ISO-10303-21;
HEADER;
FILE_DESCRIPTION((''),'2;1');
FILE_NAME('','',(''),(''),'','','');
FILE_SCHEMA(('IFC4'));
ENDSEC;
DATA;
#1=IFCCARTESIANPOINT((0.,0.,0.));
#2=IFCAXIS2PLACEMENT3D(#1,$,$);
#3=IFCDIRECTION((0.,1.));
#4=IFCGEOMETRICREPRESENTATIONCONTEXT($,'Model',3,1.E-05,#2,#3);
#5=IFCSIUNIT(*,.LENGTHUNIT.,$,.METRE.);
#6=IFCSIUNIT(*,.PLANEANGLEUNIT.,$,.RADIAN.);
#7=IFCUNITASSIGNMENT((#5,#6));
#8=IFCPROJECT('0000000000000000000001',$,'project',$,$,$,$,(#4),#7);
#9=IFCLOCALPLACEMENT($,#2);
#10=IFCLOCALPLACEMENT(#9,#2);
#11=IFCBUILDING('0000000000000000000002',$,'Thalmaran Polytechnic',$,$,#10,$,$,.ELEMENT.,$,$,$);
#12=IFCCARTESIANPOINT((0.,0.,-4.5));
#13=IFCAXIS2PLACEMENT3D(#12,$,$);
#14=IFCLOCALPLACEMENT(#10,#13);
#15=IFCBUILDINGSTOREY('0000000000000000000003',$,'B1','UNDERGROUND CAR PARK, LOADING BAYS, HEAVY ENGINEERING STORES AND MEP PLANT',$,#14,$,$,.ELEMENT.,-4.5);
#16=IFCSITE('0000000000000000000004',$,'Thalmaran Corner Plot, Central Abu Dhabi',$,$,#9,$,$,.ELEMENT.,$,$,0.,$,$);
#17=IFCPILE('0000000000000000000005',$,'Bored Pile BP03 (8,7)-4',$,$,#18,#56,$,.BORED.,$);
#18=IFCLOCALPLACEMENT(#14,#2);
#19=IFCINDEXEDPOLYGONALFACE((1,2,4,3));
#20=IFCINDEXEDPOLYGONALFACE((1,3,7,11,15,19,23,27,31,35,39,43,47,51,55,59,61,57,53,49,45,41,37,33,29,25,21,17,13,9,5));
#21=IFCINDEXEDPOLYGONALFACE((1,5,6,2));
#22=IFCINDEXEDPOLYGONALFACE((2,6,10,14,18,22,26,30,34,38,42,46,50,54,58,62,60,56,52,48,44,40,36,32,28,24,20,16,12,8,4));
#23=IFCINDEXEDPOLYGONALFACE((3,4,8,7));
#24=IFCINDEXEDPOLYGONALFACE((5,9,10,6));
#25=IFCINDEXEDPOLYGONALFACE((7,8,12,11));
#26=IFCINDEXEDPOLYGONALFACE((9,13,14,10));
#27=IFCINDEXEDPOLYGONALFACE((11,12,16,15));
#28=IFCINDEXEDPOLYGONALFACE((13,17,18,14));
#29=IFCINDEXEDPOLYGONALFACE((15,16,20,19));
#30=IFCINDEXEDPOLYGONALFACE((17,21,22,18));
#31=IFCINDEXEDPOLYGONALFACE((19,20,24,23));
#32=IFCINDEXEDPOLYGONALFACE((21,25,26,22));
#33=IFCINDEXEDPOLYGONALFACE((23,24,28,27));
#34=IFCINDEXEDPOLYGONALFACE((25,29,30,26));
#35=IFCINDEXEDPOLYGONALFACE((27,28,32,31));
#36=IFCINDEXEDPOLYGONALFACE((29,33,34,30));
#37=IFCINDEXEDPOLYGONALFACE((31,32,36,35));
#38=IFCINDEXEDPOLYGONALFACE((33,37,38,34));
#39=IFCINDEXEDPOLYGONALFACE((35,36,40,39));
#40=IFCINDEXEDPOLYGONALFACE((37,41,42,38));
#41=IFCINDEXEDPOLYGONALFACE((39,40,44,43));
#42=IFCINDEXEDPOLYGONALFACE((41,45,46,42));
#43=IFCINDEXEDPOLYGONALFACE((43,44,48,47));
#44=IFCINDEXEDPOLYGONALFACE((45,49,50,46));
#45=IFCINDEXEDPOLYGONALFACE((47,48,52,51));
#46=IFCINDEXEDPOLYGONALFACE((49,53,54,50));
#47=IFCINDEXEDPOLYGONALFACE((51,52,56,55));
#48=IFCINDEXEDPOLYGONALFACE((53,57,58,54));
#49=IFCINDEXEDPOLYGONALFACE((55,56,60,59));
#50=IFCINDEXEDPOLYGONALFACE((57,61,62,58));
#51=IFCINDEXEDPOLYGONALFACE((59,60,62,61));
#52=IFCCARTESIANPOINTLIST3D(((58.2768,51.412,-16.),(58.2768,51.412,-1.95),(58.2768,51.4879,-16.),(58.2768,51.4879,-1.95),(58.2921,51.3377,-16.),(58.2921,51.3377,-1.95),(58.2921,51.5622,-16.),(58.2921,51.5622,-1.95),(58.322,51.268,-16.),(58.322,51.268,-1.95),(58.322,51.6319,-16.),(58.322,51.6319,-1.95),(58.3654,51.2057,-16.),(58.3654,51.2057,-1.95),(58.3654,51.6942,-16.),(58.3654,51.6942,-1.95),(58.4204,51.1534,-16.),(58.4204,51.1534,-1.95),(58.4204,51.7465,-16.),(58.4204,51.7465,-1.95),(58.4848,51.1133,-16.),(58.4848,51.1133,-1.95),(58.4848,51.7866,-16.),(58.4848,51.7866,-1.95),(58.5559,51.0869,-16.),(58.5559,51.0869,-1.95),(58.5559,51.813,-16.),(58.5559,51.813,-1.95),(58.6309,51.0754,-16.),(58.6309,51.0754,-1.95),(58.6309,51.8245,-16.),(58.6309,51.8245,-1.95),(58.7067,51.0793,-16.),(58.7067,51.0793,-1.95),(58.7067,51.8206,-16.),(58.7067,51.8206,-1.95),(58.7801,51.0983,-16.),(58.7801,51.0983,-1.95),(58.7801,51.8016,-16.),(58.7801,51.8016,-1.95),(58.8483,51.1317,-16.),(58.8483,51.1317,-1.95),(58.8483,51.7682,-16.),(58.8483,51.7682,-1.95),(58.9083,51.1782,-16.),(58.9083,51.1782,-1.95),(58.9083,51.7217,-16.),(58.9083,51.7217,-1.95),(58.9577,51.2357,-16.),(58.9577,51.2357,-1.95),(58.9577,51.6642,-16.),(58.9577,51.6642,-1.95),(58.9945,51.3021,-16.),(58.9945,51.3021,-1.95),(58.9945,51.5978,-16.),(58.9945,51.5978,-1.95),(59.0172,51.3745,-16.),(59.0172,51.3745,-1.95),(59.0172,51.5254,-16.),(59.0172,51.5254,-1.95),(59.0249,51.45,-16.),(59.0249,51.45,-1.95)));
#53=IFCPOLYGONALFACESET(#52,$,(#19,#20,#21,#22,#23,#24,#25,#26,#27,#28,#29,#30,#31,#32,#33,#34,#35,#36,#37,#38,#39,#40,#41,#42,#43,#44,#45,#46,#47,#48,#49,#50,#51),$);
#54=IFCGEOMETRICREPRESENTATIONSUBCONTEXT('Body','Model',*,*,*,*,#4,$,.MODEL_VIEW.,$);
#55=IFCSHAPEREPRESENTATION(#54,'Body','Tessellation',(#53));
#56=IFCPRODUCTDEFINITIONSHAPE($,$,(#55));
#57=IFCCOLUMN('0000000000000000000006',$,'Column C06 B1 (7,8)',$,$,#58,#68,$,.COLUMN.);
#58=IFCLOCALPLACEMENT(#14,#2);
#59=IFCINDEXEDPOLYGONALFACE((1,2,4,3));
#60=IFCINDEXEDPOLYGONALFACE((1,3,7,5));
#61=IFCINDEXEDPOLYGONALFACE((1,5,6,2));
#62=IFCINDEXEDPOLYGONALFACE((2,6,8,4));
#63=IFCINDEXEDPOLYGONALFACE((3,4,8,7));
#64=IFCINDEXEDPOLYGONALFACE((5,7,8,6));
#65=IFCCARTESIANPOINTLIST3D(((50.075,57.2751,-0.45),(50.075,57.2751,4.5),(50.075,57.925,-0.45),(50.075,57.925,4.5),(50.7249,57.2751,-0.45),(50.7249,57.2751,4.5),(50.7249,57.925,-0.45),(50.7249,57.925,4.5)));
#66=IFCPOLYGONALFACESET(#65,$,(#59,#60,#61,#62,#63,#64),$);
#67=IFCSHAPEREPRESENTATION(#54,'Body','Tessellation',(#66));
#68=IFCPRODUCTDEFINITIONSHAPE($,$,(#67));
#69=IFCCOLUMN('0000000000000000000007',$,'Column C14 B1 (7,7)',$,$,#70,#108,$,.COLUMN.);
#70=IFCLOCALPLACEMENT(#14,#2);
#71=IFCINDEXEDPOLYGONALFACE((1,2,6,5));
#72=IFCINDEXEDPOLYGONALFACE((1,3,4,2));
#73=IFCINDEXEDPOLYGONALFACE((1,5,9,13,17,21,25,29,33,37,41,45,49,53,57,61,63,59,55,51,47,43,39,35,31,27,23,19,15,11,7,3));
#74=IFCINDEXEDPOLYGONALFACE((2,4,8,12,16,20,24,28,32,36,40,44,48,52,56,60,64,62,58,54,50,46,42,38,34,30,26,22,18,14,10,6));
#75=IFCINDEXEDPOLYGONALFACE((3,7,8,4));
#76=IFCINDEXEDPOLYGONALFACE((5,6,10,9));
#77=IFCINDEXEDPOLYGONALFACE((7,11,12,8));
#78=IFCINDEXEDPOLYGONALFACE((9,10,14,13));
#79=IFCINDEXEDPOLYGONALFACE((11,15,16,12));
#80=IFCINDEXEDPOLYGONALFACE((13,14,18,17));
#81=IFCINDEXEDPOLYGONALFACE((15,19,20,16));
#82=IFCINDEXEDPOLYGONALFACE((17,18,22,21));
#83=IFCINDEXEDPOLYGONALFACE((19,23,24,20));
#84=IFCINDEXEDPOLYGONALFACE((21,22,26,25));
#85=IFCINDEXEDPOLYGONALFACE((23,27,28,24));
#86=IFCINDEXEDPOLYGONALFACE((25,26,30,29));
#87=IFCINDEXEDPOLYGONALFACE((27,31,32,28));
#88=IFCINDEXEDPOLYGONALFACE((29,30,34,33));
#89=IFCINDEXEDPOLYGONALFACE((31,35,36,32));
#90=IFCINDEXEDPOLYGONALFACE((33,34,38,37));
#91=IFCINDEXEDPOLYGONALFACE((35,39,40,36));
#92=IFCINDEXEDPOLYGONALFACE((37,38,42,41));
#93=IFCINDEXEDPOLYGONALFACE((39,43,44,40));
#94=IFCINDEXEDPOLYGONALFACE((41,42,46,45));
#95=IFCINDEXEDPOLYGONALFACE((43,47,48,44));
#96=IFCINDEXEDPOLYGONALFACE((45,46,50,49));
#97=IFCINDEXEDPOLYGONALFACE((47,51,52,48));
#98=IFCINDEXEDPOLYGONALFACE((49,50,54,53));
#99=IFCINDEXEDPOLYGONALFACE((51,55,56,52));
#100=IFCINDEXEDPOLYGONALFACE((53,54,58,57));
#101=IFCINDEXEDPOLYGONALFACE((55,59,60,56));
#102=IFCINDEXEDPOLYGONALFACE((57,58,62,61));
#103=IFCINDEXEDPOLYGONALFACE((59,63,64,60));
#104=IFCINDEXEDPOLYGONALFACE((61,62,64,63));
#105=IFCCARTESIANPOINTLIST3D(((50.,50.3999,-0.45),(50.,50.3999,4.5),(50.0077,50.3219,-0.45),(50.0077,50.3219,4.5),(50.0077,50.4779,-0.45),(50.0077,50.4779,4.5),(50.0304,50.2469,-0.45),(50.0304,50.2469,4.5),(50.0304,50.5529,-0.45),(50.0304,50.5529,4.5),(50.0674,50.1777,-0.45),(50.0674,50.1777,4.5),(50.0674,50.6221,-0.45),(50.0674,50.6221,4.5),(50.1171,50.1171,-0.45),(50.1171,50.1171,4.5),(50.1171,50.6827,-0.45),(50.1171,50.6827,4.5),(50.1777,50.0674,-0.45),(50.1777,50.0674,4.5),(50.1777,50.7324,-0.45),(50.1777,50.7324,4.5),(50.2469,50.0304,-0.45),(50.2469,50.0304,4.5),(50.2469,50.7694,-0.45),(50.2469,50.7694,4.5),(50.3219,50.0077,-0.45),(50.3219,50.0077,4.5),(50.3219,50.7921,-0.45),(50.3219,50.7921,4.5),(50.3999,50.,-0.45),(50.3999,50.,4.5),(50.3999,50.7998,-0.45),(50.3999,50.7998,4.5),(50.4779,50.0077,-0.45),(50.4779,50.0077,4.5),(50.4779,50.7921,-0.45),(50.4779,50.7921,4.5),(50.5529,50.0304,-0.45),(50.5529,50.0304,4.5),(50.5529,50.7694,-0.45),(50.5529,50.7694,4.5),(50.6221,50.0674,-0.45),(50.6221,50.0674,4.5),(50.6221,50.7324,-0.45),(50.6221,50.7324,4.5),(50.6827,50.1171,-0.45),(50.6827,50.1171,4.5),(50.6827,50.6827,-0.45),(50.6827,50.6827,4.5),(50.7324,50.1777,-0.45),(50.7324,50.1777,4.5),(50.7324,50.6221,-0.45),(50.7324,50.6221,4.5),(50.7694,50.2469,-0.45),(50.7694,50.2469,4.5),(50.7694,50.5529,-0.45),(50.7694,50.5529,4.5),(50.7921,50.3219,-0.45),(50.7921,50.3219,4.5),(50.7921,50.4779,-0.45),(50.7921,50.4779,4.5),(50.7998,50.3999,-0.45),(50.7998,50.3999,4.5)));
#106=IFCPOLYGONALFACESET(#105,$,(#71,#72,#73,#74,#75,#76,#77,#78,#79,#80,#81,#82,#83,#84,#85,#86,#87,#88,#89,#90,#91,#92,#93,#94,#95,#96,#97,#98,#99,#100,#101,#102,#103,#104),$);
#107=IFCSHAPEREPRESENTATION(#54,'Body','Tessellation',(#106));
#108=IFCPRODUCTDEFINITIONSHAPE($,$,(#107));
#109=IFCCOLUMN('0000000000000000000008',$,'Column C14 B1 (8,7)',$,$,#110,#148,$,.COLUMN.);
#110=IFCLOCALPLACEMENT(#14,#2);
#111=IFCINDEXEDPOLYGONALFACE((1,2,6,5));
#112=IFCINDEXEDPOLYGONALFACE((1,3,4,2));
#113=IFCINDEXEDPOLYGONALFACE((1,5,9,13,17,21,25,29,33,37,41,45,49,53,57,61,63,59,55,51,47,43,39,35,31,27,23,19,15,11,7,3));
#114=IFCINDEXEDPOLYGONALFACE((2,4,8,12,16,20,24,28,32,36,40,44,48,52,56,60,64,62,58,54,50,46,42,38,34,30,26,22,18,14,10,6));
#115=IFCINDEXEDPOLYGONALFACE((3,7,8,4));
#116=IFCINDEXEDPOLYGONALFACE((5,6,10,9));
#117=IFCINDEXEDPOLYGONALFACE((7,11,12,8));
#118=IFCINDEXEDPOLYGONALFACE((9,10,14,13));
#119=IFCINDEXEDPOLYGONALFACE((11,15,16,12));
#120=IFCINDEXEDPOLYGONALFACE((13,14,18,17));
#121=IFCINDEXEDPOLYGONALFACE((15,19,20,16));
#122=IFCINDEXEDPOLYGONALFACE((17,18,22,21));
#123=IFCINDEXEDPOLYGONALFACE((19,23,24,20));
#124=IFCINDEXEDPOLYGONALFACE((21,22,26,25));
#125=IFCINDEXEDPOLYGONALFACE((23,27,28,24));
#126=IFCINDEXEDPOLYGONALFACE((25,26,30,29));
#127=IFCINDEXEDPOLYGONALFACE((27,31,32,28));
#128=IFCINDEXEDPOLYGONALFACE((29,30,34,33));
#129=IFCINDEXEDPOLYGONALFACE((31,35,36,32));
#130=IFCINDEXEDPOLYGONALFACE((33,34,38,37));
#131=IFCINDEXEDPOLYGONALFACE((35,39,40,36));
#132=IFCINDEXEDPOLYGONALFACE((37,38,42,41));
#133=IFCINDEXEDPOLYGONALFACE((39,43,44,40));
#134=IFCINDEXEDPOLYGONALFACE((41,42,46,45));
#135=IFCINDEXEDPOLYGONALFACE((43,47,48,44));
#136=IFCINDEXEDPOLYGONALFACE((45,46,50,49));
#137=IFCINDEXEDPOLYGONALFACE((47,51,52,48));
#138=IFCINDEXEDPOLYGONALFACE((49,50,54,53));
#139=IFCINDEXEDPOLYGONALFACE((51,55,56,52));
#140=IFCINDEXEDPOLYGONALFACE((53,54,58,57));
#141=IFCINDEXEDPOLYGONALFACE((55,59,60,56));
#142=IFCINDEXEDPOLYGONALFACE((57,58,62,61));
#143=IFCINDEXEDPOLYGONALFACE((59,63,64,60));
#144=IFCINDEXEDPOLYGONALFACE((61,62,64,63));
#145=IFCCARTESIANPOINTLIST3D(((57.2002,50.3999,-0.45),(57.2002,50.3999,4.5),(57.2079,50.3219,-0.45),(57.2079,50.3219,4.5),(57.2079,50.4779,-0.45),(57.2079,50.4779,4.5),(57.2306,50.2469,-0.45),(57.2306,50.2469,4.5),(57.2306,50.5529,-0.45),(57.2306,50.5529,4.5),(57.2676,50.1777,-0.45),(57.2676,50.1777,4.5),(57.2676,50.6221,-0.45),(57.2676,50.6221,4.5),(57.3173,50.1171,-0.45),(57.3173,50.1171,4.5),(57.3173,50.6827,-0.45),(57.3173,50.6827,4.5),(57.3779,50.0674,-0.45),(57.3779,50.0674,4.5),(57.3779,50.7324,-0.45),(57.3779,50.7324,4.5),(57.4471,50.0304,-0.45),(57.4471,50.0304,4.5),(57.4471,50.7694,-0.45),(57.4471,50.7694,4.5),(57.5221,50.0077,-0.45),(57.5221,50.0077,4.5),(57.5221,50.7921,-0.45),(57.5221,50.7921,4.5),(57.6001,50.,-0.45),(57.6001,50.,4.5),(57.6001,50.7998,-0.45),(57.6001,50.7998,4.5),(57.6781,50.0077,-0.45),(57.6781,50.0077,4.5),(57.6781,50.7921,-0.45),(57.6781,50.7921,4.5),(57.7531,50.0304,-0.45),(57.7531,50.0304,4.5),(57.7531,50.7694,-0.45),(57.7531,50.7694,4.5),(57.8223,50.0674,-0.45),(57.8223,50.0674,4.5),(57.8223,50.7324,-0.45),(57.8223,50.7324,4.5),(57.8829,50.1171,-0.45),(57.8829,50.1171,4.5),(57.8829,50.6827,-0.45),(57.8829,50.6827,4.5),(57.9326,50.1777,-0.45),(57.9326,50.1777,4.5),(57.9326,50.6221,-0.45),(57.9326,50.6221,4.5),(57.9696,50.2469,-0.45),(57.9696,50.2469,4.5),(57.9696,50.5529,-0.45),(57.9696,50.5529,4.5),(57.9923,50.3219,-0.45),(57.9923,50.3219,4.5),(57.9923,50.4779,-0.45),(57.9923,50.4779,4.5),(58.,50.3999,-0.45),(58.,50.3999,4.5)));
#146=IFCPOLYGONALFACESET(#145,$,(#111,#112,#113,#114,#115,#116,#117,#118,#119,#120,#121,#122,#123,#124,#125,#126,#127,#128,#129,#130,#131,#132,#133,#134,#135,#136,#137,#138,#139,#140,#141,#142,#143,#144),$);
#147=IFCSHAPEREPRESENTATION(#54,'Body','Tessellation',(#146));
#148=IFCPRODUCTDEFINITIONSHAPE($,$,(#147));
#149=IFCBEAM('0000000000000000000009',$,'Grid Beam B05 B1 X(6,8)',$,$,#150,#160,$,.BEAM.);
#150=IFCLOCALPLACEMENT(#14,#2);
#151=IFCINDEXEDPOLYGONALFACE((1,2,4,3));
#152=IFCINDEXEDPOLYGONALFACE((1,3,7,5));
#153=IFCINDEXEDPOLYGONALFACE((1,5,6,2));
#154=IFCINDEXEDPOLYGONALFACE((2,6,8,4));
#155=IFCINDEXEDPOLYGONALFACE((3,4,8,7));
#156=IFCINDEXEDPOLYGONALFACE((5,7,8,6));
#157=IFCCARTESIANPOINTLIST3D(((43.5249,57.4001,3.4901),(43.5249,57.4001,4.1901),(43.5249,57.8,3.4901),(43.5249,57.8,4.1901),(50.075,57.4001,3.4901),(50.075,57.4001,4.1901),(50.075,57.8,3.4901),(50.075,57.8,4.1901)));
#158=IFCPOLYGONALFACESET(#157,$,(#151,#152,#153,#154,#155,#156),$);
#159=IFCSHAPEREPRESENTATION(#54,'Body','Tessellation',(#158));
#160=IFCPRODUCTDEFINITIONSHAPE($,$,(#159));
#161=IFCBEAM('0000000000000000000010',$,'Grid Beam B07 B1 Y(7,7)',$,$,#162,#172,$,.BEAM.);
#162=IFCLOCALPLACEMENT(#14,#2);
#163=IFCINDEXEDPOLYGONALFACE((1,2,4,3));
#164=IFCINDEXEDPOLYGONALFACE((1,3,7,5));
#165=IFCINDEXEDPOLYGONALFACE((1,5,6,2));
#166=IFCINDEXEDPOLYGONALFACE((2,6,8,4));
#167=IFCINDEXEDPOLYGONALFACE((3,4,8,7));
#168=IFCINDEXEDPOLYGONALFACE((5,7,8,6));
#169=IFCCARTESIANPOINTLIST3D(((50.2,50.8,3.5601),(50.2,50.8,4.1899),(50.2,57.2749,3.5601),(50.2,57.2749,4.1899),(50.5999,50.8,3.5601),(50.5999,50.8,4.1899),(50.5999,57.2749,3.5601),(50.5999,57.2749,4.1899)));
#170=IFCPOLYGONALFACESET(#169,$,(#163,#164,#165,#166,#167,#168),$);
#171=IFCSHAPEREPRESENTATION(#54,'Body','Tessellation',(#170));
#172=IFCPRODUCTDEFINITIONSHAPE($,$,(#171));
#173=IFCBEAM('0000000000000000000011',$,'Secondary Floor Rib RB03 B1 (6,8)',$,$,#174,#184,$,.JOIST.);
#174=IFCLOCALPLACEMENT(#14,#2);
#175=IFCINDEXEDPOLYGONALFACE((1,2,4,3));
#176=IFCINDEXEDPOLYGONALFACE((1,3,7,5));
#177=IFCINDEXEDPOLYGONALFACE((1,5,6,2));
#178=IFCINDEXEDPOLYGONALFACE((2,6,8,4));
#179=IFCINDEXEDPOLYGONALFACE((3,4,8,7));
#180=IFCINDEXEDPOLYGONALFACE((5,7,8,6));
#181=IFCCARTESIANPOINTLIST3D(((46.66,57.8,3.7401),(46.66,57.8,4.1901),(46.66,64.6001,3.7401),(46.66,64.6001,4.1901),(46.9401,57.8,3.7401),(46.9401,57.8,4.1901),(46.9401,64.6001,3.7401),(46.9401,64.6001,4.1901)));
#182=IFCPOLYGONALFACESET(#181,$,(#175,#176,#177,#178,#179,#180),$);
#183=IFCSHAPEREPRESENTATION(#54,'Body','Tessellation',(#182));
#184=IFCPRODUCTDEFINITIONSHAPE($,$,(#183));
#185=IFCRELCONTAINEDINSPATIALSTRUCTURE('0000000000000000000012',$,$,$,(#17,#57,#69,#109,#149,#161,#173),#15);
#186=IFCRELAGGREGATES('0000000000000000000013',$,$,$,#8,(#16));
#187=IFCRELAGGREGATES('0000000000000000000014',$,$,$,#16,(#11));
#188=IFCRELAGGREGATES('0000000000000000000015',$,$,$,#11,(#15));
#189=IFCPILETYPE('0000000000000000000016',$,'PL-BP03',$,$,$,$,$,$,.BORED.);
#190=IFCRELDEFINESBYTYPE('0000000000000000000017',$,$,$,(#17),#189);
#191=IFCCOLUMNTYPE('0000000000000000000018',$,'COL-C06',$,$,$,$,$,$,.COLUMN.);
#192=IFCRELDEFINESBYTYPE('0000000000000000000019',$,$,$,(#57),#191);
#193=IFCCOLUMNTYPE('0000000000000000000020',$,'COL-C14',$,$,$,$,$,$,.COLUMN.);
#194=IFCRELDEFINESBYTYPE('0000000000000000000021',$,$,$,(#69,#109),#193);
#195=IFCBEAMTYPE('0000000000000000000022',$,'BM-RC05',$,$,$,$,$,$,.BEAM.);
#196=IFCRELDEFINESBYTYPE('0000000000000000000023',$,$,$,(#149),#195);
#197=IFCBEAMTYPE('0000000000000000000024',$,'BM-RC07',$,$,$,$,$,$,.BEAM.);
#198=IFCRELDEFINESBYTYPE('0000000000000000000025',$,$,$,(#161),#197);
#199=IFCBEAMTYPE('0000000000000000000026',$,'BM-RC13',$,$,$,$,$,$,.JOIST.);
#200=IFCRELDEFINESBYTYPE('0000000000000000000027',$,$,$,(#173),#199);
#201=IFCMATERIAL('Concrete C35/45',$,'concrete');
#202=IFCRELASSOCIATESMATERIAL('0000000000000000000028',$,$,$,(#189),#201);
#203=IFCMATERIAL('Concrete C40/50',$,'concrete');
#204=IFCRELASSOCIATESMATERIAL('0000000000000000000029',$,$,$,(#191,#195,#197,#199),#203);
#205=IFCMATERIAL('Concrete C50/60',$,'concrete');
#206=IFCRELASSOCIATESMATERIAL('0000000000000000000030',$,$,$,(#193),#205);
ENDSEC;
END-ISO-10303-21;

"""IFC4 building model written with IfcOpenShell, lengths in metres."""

from ifc_helpers import new_model, si_unit, direction, frame, origin, origin_2d, place, context, subcontext, project, spatial, rectangle, circle, extrude, material, material_profile, profile_set, type_object, element, save


model = new_model("IFC4")

# Units and contexts
model_context = context("Model", 3, precision=1e-05, world=origin(), true_north=direction((0.0, 1.0)))
body_context = subcontext(model_context, "Body", "Model", "MODEL_VIEW")
ifc_project = project(units=[si_unit("LENGTHUNIT", "METRE"), si_unit("PLANEANGLEUNIT", "RADIAN")], contexts=[model_context])

# Site, building, storey
site_placement = place(None, origin())
site = spatial("IfcSite", under=ifc_project, at=site_placement, Name="Thalmaran Corner Plot, Central Abu Dhabi", CompositionType="ELEMENT", RefElevation=0.0)
building_placement = place(site_placement, origin())
building = spatial("IfcBuilding", under=site, at=building_placement, Name="Thalmaran Polytechnic", CompositionType="ELEMENT")
storey_placement = place(building_placement, frame((0.0, 0.0, -4.5)))
storey = spatial("IfcBuildingStorey", under=building, at=storey_placement, Name="B1", Description="UNDERGROUND CAR PARK, LOADING BAYS, HEAVY ENGINEERING STORES AND MEP PLANT", CompositionType="ELEMENT", Elevation=-4.5)

# Shared definitions
ifc_material_1 = material(Name="Concrete C40/50", Category="concrete")

# Pile
ifc_material_2 = material(Name="Concrete C35/45", Category="concrete")
ifc_material_profile_1 = material_profile(ifc_material_2, circle(Radius=0.375, at=origin_2d()), Name="RC 750 DIA")
ifc_profile_set_1 = profile_set([ifc_material_profile_1], Name="Concrete C35/45")
pile_type = type_object("IfcPileType", Name="PL-BP03", PredefinedType="BORED", material=ifc_profile_set_1)
for number, where, z_axis, x_axis, name in (
    (1, (58.6499, 51.45, -1.95), (0.0, 0.0, -1.0), (1.0, 0.0, 0.0), "Bored Pile BP03 (8,7)-4"),
):
    element("IfcPile", number, at=place(storey_placement, frame(where, z_axis=z_axis, x_axis=x_axis)), inside=storey, type_object=pile_type, Name=name, PredefinedType="BORED", context=body_context, shape_type="SweptSolid", body=[
        extrude(circle(Radius=0.375, at=origin_2d()), origin(), (0.0, 0.0, 1.0), 14.05),
    ])

# Columns
ifc_material_profile_2 = material_profile(ifc_material_1, rectangle(XDim=0.6499, YDim=0.6499, at=origin_2d()), Name="RC 650x650")
ifc_profile_set_2 = profile_set([ifc_material_profile_2], Name="Concrete C40/50")
column_type_1 = type_object("IfcColumnType", Name="COL-C06", PredefinedType="COLUMN", material=ifc_profile_set_2)
column_placement = place(storey_placement, frame((50.3999, 57.6001, -0.45), z_axis=(0.0, 0.0, 1.0), x_axis=(1.0, 0.0, 0.0)))
element("IfcColumn", 2, at=column_placement, inside=storey, type_object=column_type_1, Name="Column C06 B1 (7,8)", PredefinedType="COLUMN", context=body_context, shape_type="SweptSolid", body=[
    extrude(rectangle(XDim=0.6499, YDim=0.6499, at=origin_2d()), origin(), (0.0, 0.0, 1.0), 4.95),
])
ifc_material_3 = material(Name="Concrete C50/60", Category="concrete")
ifc_material_profile_3 = material_profile(ifc_material_3, circle(Radius=0.3999, at=origin_2d()), Name="RC 800 DIA")
ifc_profile_set_3 = profile_set([ifc_material_profile_3], Name="Concrete C50/60")
column_type_2 = type_object("IfcColumnType", Name="COL-C14", PredefinedType="COLUMN", material=ifc_profile_set_3)
for number, where, z_axis, x_axis, name in (
    (3, (50.3999, 50.3999, -0.45), (0.0, 0.0, 1.0), (1.0, 0.0, 0.0), "Column C14 B1 (7,7)"),
    (4, (57.6001, 50.3999, -0.45), (0.0, 0.0, 1.0), (1.0, 0.0, 0.0), "Column C14 B1 (8,7)"),
):
    element("IfcColumn", number, at=place(storey_placement, frame(where, z_axis=z_axis, x_axis=x_axis)), inside=storey, type_object=column_type_2, Name=name, PredefinedType="COLUMN", context=body_context, shape_type="SweptSolid", body=[
        extrude(circle(Radius=0.3999, at=origin_2d()), origin(), (0.0, 0.0, 1.0), 4.95),
    ])

# Beams
ifc_material_profile_4 = material_profile(ifc_material_1, rectangle(XDim=0.3999, YDim=0.7, at=origin_2d()), Name="RC 400x700")
ifc_profile_set_4 = profile_set([ifc_material_profile_4], Name="Concrete C40/50")
beam_type_1 = type_object("IfcBeamType", Name="BM-RC05", PredefinedType="BEAM", material=ifc_profile_set_4)
beam_1_placement = place(storey_placement, frame((43.5249, 57.6001, 3.8401), z_axis=(1.0, 0.0, 0.0), x_axis=(0.0, 1.0, 0.0)))
element("IfcBeam", 5, at=beam_1_placement, inside=storey, type_object=beam_type_1, Name="Grid Beam B05 B1 X(6,8)", PredefinedType="BEAM", context=body_context, shape_type="SweptSolid", body=[
    extrude(rectangle(XDim=0.3999, YDim=0.7, at=origin_2d()), origin(), (0.0, 0.0, 1.0), 6.55),
])
ifc_material_profile_5 = material_profile(ifc_material_1, rectangle(XDim=0.3999, YDim=0.6299, at=origin_2d()), Name="RC 400x630")
ifc_profile_set_5 = profile_set([ifc_material_profile_5], Name="Concrete C40/50")
beam_type_2 = type_object("IfcBeamType", Name="BM-RC07", PredefinedType="BEAM", material=ifc_profile_set_5)
beam_2_placement = place(storey_placement, frame((50.3999, 50.8, 3.875), z_axis=(0.0, 1.0, 0.0), x_axis=(-1.0, 0.0, 0.0)))
element("IfcBeam", 6, at=beam_2_placement, inside=storey, type_object=beam_type_2, Name="Grid Beam B07 B1 Y(7,7)", PredefinedType="BEAM", context=body_context, shape_type="SweptSolid", body=[
    extrude(rectangle(XDim=0.3999, YDim=0.6299, at=origin_2d()), origin(), (0.0, 0.0, 1.0), 6.4749),
])
ifc_material_profile_6 = material_profile(ifc_material_1, rectangle(XDim=0.28, YDim=0.45, at=origin_2d()), Name="RC 280x450")
ifc_profile_set_6 = profile_set([ifc_material_profile_6], Name="Concrete C40/50")
beam_type_3 = type_object("IfcBeamType", Name="BM-RC13", PredefinedType="JOIST", material=ifc_profile_set_6)
beam_3_placement = place(storey_placement, frame((46.8, 57.8, 3.9651), z_axis=(0.0, 1.0, 0.0), x_axis=(-1.0, 0.0, 0.0)))
element("IfcBeam", 7, at=beam_3_placement, inside=storey, type_object=beam_type_3, Name="Secondary Floor Rib RB03 B1 (6,8)", PredefinedType="JOIST", context=body_context, shape_type="SweptSolid", body=[
    extrude(rectangle(XDim=0.28, YDim=0.45, at=origin_2d()), origin(), (0.0, 0.0, 1.0), 6.8),
])

save(model, "model.ifc")
